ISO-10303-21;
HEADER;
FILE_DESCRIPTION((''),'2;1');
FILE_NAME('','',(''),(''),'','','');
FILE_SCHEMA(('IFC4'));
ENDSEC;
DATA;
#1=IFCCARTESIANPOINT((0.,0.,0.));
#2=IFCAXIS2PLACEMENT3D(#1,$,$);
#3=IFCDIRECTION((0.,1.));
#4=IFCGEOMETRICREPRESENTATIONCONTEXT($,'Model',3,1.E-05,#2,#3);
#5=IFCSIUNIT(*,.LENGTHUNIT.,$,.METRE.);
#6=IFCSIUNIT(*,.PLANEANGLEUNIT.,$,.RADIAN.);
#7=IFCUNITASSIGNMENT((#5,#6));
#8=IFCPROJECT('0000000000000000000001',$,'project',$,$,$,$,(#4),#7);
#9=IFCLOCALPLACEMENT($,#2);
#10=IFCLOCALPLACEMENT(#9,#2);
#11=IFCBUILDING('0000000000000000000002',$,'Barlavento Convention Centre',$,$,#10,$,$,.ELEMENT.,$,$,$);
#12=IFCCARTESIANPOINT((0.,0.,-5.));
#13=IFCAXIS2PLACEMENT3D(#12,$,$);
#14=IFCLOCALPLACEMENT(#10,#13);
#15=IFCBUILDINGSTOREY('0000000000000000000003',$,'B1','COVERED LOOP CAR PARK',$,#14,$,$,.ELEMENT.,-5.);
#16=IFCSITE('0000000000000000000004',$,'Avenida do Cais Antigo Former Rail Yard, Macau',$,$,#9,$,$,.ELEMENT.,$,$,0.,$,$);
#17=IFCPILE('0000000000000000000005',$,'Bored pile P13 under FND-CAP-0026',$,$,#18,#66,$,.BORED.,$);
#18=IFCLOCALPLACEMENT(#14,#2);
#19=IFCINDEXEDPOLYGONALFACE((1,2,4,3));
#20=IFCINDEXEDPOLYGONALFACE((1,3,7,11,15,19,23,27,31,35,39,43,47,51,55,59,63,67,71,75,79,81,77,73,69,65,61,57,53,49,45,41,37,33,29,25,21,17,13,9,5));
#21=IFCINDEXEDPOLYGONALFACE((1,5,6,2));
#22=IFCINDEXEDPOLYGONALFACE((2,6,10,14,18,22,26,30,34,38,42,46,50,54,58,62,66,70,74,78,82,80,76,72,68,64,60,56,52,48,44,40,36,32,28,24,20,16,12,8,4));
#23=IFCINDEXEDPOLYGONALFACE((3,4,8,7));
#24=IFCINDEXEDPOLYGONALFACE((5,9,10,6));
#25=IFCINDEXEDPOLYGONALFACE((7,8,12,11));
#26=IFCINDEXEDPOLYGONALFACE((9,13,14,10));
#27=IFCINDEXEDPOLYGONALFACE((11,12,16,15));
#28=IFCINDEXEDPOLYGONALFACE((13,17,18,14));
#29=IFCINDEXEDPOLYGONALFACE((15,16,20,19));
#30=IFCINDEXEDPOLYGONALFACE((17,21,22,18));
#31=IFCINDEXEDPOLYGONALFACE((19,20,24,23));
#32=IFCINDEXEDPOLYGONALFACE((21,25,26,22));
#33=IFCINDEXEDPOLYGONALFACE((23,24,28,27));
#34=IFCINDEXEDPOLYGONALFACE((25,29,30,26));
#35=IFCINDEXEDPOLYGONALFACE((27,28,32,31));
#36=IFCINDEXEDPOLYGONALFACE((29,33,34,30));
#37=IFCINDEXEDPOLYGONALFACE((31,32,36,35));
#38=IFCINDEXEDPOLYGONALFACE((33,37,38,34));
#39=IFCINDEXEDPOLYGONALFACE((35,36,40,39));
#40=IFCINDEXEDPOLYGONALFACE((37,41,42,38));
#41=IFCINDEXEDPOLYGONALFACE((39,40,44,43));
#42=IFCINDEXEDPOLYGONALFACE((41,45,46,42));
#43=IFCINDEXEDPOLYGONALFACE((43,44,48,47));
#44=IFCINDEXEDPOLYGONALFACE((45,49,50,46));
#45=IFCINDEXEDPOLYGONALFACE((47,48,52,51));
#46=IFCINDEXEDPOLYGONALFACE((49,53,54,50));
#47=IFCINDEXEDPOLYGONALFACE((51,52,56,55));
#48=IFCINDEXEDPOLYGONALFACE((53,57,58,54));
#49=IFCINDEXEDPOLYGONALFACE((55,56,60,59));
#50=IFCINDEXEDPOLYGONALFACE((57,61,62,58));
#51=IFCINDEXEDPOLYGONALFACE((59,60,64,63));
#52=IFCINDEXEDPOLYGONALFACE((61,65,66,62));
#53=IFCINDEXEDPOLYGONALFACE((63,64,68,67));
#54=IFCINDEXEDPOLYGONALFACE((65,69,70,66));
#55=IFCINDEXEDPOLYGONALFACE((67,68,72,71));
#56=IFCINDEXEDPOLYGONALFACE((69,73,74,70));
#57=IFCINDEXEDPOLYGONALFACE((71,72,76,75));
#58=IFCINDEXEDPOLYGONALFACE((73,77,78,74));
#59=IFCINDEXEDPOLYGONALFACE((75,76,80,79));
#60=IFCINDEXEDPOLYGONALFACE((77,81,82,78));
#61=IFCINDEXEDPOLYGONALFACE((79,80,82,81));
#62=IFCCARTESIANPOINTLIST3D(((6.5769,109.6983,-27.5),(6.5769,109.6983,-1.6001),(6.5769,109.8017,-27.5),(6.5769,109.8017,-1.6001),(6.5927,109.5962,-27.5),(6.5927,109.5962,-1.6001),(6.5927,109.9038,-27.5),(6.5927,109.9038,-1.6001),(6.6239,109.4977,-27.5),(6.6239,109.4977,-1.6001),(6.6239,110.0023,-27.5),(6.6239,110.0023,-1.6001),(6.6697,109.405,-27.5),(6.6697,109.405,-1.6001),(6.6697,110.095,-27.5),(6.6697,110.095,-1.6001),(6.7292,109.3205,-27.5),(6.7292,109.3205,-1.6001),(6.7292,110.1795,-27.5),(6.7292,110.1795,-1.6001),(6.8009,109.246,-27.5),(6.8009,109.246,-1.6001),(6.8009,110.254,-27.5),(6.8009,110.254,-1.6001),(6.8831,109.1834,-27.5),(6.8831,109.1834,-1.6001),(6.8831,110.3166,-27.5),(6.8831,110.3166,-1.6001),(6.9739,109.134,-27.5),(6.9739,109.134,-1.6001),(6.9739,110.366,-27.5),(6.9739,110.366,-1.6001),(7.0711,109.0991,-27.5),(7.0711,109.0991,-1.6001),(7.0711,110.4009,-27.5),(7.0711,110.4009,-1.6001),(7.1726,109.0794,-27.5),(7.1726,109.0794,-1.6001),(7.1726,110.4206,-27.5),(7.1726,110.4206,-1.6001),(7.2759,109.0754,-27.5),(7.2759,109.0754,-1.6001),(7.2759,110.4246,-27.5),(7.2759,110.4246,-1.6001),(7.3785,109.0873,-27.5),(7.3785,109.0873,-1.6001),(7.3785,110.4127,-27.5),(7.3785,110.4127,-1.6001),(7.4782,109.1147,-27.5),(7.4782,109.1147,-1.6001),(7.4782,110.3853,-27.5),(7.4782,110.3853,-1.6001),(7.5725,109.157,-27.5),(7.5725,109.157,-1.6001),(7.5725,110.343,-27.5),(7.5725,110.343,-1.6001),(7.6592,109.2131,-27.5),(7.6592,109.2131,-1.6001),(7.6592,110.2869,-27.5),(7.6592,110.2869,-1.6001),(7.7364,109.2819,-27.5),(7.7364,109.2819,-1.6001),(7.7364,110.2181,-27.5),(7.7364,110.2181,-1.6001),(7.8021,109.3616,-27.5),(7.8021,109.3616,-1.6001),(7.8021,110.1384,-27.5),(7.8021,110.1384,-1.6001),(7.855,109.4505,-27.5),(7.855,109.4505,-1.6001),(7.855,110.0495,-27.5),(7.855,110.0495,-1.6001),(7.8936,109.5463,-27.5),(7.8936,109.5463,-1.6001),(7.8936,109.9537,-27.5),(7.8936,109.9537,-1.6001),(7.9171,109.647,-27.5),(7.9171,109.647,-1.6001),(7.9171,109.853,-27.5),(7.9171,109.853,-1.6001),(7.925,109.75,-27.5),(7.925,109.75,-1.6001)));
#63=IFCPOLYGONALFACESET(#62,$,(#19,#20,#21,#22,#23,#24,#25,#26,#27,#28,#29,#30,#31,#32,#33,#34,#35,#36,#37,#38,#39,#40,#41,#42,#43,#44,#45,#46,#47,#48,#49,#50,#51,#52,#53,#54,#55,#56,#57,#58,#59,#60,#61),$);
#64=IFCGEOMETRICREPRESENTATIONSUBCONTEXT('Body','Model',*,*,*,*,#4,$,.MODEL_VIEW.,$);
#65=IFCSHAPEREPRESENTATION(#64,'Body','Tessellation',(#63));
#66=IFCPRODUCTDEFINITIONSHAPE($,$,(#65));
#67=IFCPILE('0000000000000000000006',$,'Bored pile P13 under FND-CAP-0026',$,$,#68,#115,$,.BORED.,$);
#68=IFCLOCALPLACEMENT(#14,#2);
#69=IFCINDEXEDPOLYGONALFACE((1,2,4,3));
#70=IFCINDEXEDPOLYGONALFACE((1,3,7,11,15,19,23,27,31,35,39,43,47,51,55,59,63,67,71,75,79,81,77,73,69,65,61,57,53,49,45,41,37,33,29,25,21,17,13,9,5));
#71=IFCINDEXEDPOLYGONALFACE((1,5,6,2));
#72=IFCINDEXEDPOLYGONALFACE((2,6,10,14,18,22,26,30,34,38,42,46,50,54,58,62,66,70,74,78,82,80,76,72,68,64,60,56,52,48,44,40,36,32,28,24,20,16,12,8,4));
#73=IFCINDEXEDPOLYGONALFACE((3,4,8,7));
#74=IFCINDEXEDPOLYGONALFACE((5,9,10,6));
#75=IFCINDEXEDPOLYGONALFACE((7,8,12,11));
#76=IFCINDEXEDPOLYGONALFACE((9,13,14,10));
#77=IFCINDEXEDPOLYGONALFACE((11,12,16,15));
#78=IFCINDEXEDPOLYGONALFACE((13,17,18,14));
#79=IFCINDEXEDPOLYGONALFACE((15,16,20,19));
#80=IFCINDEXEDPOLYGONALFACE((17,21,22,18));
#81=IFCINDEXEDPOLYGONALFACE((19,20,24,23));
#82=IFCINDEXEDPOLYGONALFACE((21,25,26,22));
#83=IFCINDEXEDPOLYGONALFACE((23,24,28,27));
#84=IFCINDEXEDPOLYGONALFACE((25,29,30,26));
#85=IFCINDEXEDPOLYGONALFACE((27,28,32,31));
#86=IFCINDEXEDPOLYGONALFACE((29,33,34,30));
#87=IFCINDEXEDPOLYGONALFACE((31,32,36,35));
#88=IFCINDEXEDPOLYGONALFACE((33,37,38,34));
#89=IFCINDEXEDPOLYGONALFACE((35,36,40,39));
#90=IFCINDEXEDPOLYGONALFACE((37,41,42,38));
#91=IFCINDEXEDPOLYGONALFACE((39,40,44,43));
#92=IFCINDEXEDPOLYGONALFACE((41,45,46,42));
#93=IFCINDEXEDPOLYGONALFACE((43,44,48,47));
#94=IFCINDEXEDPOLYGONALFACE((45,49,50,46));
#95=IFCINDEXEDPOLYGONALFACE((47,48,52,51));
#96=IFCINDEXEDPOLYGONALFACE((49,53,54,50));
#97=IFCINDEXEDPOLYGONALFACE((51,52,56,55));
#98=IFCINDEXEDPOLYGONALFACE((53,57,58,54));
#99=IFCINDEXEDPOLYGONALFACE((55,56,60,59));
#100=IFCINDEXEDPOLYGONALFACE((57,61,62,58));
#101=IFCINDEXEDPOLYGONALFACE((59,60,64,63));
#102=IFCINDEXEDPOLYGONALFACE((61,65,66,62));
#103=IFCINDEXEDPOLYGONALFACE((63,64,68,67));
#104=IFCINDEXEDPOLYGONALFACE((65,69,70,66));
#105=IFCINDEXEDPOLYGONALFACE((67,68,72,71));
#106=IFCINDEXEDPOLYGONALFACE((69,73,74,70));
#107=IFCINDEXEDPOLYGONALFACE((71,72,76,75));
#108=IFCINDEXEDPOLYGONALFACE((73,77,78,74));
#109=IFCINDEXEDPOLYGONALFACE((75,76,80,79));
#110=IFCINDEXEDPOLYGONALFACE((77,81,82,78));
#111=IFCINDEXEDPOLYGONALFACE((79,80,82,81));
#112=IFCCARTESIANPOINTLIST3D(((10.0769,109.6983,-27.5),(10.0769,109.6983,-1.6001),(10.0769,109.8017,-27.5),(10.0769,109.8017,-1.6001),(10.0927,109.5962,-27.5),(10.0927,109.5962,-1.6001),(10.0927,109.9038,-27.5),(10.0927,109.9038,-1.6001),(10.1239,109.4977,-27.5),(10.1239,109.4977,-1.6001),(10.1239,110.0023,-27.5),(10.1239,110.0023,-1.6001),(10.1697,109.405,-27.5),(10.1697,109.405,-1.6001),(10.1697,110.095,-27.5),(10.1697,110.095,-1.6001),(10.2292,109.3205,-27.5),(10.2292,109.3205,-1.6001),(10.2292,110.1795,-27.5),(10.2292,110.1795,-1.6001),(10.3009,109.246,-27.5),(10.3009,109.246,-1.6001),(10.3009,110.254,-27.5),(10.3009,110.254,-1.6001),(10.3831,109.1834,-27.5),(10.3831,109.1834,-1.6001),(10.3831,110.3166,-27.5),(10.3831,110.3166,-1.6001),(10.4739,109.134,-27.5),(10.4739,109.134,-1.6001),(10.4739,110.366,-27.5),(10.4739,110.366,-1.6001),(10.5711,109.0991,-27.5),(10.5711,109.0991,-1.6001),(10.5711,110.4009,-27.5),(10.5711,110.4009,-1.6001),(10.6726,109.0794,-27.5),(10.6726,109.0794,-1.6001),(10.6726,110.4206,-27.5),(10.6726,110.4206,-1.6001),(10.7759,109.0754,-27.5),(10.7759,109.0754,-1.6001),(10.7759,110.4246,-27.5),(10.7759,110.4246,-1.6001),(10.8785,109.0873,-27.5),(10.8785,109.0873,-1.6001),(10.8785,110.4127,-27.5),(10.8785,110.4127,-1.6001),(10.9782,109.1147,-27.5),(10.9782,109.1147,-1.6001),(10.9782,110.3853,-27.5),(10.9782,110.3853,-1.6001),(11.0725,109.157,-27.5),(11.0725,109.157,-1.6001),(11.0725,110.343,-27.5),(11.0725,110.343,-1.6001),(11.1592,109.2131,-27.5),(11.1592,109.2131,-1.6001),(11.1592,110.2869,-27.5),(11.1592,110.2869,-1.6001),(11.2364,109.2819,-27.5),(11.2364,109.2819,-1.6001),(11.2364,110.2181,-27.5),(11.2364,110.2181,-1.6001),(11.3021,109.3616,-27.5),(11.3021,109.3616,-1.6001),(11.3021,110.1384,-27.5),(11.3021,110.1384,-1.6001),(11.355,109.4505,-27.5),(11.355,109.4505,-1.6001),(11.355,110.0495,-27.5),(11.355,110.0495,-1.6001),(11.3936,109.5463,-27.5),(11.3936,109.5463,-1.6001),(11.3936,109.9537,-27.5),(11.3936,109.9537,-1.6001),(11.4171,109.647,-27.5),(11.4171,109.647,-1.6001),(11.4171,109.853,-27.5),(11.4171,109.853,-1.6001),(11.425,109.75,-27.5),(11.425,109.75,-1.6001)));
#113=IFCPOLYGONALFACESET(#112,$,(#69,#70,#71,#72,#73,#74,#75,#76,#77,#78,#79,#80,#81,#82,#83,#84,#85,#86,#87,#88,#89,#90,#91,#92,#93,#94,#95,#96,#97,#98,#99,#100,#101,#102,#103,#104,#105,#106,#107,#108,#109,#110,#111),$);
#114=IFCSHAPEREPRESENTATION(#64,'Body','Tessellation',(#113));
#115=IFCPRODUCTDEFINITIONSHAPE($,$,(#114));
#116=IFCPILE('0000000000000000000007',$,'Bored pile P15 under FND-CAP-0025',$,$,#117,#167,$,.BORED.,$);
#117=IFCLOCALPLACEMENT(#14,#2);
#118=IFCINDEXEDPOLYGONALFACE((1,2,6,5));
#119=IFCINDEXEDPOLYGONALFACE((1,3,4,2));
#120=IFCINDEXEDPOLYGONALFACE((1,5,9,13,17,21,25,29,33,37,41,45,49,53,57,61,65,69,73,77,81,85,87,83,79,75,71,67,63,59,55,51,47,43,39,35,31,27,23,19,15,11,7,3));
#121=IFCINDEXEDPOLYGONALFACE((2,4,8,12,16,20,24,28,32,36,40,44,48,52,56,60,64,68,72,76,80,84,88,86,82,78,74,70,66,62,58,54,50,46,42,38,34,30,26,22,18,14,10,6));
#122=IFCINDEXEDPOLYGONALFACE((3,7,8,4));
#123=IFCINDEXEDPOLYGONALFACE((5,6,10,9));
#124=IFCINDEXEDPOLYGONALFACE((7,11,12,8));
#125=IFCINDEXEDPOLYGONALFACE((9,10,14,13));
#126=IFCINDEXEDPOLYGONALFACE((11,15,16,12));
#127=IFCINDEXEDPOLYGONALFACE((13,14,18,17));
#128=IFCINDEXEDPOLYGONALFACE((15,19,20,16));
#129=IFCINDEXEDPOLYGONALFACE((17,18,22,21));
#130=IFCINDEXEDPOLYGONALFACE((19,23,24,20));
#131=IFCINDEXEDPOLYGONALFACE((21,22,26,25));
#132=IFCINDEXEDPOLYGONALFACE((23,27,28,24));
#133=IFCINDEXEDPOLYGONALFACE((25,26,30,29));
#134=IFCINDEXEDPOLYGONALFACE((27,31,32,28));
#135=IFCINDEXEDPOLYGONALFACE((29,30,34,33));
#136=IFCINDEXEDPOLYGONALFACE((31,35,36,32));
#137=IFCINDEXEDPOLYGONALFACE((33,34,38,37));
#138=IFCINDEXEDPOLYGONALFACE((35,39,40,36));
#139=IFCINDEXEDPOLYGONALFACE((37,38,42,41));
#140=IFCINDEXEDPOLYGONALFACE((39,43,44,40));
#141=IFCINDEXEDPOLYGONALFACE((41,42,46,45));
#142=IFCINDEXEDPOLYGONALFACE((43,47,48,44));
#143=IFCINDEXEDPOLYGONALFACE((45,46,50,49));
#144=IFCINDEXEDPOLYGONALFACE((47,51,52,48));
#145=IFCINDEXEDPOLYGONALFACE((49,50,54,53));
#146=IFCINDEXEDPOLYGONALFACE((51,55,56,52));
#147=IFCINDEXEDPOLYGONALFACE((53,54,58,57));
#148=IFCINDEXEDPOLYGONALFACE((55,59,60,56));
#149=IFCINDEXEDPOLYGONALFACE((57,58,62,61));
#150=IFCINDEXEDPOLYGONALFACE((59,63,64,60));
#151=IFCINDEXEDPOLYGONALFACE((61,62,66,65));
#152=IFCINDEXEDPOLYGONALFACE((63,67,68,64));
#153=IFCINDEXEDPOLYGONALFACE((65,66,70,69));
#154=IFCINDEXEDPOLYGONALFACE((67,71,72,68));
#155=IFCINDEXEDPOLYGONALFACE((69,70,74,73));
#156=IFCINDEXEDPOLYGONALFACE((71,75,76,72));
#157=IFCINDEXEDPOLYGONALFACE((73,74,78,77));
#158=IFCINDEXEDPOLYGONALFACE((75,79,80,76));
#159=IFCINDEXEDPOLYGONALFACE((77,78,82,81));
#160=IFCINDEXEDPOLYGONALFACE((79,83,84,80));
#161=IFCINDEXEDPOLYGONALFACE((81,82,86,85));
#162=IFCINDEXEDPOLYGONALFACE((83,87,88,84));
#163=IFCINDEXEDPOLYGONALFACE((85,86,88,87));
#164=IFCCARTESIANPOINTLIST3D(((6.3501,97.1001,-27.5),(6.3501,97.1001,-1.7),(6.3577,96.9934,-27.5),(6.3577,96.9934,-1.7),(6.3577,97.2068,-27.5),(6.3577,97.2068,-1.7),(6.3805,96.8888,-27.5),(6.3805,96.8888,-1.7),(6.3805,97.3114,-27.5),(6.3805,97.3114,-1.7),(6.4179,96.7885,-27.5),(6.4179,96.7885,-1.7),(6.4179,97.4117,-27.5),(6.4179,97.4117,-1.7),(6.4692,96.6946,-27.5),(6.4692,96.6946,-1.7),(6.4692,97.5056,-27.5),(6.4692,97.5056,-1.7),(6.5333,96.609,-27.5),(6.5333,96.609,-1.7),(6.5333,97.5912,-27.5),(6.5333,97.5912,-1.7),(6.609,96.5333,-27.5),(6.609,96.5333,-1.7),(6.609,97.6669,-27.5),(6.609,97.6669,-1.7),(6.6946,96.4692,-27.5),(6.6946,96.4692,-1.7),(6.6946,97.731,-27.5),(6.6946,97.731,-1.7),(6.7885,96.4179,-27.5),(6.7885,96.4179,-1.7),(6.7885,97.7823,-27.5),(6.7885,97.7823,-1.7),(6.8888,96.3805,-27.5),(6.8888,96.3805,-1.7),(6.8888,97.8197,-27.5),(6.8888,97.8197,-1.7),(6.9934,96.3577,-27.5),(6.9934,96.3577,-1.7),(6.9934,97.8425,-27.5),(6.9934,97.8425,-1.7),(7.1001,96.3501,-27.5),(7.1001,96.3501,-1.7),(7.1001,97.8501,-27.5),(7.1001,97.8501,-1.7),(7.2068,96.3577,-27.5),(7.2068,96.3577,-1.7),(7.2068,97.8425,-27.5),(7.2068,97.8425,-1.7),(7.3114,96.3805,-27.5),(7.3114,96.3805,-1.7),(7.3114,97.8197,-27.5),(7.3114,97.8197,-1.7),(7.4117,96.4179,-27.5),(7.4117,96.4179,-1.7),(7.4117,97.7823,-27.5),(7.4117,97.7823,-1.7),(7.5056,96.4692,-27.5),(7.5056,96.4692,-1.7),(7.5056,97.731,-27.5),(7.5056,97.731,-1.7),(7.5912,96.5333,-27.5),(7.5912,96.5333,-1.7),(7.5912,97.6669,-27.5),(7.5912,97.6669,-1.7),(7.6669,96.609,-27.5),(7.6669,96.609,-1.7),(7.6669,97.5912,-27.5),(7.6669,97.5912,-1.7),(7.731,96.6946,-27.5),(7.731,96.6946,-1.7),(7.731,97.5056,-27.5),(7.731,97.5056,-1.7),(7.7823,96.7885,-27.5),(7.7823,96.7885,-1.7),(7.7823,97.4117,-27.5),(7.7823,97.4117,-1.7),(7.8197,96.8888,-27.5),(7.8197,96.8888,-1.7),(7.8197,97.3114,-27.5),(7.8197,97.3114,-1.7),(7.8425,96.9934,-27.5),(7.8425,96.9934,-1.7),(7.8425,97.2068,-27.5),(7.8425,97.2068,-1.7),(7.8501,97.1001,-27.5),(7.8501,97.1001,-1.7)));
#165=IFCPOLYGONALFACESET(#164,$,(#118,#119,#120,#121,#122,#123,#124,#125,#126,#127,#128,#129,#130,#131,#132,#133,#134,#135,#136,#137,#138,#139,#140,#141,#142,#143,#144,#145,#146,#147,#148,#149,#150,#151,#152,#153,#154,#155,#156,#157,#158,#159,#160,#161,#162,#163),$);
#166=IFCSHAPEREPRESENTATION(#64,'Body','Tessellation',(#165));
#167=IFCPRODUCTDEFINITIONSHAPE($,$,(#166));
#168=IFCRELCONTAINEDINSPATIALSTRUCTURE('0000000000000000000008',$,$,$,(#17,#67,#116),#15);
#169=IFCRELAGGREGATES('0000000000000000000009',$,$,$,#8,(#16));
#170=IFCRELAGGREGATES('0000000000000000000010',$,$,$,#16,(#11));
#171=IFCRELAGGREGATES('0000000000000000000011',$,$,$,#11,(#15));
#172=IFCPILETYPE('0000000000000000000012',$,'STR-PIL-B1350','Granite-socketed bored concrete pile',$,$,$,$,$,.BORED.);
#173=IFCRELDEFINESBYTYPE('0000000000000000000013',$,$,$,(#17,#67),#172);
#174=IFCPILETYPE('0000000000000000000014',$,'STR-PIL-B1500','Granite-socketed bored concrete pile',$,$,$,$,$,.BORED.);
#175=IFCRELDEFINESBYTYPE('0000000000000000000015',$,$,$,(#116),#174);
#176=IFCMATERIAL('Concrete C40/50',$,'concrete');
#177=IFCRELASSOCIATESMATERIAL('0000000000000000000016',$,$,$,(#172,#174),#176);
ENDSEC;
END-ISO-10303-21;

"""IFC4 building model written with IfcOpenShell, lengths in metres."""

from ifc_helpers import new_model, si_unit, direction, frame, origin, origin_2d, place, context, subcontext, project, spatial, circle, extrude, material, material_profile, profile_set, type_object, element, save


model = new_model("IFC4")

# Units and contexts
model_context = context("Model", 3, precision=1e-05, world=origin(), true_north=direction((0.0, 1.0)))
body_context = subcontext(model_context, "Body", "Model", "MODEL_VIEW")
ifc_project = project(units=[si_unit("LENGTHUNIT", "METRE"), si_unit("PLANEANGLEUNIT", "RADIAN")], contexts=[model_context])

# Site, building, storey
site_placement = place(None, origin())
site = spatial("IfcSite", under=ifc_project, at=site_placement, Name="Avenida do Cais Antigo Former Rail Yard, Macau", CompositionType="ELEMENT", RefElevation=0.0)
building_placement = place(site_placement, origin())
building = spatial("IfcBuilding", under=site, at=building_placement, Name="Barlavento Convention Centre", CompositionType="ELEMENT")
storey_placement = place(building_placement, frame((0.0, 0.0, -5.0)))
storey = spatial("IfcBuildingStorey", under=building, at=storey_placement, Name="B1", Description="COVERED LOOP CAR PARK", CompositionType="ELEMENT", Elevation=-5.0)

# Shared definitions
ifc_material_1 = material(Name="Concrete C40/50", Category="concrete")

# Piles
ifc_material_profile_1 = material_profile(ifc_material_1, circle(Radius=0.675, at=origin_2d()), Name="BORED PILE 1350")
ifc_profile_set_1 = profile_set([ifc_material_profile_1], Name="Concrete C40/50")
pile_type_1 = type_object("IfcPileType", Name="STR-PIL-B1350", Description="Granite-socketed bored concrete pile", PredefinedType="BORED", material=ifc_profile_set_1)
for number, where, z_axis, x_axis, name in (
    (1, (7.25, 109.75, -1.6001), (0.0, 0.0, -1.0), (1.0, 0.0, 0.0), "Bored pile P13 under FND-CAP-0026"),
    (2, (10.75, 109.75, -1.6001), (0.0, 0.0, -1.0), (1.0, 0.0, 0.0), "Bored pile P13 under FND-CAP-0026"),
):
    element("IfcPile", number, at=place(storey_placement, frame(where, z_axis=z_axis, x_axis=x_axis)), inside=storey, type_object=pile_type_1, Name=name, PredefinedType="BORED", context=body_context, shape_type="SweptSolid", body=[
        extrude(circle(Radius=0.675, at=origin_2d()), origin(), (0.0, 0.0, 1.0), 25.8999),
    ])
ifc_material_profile_2 = material_profile(ifc_material_1, circle(Radius=0.75, at=origin_2d()), Name="BORED PILE 1500")
ifc_profile_set_2 = profile_set([ifc_material_profile_2], Name="Concrete C40/50")
pile_type_2 = type_object("IfcPileType", Name="STR-PIL-B1500", Description="Granite-socketed bored concrete pile", PredefinedType="BORED", material=ifc_profile_set_2)
for number, where, z_axis, x_axis, name in (
    (3, (7.1001, 97.1001, -1.7), (0.0, 0.0, -1.0), (1.0, 0.0, 0.0), "Bored pile P15 under FND-CAP-0025"),
):
    element("IfcPile", number, at=place(storey_placement, frame(where, z_axis=z_axis, x_axis=x_axis)), inside=storey, type_object=pile_type_2, Name=name, PredefinedType="BORED", context=body_context, shape_type="SweptSolid", body=[
        extrude(circle(Radius=0.75, at=origin_2d()), origin(), (0.0, 0.0, 1.0), 25.8),
    ])

save(model, "model.ifc")
